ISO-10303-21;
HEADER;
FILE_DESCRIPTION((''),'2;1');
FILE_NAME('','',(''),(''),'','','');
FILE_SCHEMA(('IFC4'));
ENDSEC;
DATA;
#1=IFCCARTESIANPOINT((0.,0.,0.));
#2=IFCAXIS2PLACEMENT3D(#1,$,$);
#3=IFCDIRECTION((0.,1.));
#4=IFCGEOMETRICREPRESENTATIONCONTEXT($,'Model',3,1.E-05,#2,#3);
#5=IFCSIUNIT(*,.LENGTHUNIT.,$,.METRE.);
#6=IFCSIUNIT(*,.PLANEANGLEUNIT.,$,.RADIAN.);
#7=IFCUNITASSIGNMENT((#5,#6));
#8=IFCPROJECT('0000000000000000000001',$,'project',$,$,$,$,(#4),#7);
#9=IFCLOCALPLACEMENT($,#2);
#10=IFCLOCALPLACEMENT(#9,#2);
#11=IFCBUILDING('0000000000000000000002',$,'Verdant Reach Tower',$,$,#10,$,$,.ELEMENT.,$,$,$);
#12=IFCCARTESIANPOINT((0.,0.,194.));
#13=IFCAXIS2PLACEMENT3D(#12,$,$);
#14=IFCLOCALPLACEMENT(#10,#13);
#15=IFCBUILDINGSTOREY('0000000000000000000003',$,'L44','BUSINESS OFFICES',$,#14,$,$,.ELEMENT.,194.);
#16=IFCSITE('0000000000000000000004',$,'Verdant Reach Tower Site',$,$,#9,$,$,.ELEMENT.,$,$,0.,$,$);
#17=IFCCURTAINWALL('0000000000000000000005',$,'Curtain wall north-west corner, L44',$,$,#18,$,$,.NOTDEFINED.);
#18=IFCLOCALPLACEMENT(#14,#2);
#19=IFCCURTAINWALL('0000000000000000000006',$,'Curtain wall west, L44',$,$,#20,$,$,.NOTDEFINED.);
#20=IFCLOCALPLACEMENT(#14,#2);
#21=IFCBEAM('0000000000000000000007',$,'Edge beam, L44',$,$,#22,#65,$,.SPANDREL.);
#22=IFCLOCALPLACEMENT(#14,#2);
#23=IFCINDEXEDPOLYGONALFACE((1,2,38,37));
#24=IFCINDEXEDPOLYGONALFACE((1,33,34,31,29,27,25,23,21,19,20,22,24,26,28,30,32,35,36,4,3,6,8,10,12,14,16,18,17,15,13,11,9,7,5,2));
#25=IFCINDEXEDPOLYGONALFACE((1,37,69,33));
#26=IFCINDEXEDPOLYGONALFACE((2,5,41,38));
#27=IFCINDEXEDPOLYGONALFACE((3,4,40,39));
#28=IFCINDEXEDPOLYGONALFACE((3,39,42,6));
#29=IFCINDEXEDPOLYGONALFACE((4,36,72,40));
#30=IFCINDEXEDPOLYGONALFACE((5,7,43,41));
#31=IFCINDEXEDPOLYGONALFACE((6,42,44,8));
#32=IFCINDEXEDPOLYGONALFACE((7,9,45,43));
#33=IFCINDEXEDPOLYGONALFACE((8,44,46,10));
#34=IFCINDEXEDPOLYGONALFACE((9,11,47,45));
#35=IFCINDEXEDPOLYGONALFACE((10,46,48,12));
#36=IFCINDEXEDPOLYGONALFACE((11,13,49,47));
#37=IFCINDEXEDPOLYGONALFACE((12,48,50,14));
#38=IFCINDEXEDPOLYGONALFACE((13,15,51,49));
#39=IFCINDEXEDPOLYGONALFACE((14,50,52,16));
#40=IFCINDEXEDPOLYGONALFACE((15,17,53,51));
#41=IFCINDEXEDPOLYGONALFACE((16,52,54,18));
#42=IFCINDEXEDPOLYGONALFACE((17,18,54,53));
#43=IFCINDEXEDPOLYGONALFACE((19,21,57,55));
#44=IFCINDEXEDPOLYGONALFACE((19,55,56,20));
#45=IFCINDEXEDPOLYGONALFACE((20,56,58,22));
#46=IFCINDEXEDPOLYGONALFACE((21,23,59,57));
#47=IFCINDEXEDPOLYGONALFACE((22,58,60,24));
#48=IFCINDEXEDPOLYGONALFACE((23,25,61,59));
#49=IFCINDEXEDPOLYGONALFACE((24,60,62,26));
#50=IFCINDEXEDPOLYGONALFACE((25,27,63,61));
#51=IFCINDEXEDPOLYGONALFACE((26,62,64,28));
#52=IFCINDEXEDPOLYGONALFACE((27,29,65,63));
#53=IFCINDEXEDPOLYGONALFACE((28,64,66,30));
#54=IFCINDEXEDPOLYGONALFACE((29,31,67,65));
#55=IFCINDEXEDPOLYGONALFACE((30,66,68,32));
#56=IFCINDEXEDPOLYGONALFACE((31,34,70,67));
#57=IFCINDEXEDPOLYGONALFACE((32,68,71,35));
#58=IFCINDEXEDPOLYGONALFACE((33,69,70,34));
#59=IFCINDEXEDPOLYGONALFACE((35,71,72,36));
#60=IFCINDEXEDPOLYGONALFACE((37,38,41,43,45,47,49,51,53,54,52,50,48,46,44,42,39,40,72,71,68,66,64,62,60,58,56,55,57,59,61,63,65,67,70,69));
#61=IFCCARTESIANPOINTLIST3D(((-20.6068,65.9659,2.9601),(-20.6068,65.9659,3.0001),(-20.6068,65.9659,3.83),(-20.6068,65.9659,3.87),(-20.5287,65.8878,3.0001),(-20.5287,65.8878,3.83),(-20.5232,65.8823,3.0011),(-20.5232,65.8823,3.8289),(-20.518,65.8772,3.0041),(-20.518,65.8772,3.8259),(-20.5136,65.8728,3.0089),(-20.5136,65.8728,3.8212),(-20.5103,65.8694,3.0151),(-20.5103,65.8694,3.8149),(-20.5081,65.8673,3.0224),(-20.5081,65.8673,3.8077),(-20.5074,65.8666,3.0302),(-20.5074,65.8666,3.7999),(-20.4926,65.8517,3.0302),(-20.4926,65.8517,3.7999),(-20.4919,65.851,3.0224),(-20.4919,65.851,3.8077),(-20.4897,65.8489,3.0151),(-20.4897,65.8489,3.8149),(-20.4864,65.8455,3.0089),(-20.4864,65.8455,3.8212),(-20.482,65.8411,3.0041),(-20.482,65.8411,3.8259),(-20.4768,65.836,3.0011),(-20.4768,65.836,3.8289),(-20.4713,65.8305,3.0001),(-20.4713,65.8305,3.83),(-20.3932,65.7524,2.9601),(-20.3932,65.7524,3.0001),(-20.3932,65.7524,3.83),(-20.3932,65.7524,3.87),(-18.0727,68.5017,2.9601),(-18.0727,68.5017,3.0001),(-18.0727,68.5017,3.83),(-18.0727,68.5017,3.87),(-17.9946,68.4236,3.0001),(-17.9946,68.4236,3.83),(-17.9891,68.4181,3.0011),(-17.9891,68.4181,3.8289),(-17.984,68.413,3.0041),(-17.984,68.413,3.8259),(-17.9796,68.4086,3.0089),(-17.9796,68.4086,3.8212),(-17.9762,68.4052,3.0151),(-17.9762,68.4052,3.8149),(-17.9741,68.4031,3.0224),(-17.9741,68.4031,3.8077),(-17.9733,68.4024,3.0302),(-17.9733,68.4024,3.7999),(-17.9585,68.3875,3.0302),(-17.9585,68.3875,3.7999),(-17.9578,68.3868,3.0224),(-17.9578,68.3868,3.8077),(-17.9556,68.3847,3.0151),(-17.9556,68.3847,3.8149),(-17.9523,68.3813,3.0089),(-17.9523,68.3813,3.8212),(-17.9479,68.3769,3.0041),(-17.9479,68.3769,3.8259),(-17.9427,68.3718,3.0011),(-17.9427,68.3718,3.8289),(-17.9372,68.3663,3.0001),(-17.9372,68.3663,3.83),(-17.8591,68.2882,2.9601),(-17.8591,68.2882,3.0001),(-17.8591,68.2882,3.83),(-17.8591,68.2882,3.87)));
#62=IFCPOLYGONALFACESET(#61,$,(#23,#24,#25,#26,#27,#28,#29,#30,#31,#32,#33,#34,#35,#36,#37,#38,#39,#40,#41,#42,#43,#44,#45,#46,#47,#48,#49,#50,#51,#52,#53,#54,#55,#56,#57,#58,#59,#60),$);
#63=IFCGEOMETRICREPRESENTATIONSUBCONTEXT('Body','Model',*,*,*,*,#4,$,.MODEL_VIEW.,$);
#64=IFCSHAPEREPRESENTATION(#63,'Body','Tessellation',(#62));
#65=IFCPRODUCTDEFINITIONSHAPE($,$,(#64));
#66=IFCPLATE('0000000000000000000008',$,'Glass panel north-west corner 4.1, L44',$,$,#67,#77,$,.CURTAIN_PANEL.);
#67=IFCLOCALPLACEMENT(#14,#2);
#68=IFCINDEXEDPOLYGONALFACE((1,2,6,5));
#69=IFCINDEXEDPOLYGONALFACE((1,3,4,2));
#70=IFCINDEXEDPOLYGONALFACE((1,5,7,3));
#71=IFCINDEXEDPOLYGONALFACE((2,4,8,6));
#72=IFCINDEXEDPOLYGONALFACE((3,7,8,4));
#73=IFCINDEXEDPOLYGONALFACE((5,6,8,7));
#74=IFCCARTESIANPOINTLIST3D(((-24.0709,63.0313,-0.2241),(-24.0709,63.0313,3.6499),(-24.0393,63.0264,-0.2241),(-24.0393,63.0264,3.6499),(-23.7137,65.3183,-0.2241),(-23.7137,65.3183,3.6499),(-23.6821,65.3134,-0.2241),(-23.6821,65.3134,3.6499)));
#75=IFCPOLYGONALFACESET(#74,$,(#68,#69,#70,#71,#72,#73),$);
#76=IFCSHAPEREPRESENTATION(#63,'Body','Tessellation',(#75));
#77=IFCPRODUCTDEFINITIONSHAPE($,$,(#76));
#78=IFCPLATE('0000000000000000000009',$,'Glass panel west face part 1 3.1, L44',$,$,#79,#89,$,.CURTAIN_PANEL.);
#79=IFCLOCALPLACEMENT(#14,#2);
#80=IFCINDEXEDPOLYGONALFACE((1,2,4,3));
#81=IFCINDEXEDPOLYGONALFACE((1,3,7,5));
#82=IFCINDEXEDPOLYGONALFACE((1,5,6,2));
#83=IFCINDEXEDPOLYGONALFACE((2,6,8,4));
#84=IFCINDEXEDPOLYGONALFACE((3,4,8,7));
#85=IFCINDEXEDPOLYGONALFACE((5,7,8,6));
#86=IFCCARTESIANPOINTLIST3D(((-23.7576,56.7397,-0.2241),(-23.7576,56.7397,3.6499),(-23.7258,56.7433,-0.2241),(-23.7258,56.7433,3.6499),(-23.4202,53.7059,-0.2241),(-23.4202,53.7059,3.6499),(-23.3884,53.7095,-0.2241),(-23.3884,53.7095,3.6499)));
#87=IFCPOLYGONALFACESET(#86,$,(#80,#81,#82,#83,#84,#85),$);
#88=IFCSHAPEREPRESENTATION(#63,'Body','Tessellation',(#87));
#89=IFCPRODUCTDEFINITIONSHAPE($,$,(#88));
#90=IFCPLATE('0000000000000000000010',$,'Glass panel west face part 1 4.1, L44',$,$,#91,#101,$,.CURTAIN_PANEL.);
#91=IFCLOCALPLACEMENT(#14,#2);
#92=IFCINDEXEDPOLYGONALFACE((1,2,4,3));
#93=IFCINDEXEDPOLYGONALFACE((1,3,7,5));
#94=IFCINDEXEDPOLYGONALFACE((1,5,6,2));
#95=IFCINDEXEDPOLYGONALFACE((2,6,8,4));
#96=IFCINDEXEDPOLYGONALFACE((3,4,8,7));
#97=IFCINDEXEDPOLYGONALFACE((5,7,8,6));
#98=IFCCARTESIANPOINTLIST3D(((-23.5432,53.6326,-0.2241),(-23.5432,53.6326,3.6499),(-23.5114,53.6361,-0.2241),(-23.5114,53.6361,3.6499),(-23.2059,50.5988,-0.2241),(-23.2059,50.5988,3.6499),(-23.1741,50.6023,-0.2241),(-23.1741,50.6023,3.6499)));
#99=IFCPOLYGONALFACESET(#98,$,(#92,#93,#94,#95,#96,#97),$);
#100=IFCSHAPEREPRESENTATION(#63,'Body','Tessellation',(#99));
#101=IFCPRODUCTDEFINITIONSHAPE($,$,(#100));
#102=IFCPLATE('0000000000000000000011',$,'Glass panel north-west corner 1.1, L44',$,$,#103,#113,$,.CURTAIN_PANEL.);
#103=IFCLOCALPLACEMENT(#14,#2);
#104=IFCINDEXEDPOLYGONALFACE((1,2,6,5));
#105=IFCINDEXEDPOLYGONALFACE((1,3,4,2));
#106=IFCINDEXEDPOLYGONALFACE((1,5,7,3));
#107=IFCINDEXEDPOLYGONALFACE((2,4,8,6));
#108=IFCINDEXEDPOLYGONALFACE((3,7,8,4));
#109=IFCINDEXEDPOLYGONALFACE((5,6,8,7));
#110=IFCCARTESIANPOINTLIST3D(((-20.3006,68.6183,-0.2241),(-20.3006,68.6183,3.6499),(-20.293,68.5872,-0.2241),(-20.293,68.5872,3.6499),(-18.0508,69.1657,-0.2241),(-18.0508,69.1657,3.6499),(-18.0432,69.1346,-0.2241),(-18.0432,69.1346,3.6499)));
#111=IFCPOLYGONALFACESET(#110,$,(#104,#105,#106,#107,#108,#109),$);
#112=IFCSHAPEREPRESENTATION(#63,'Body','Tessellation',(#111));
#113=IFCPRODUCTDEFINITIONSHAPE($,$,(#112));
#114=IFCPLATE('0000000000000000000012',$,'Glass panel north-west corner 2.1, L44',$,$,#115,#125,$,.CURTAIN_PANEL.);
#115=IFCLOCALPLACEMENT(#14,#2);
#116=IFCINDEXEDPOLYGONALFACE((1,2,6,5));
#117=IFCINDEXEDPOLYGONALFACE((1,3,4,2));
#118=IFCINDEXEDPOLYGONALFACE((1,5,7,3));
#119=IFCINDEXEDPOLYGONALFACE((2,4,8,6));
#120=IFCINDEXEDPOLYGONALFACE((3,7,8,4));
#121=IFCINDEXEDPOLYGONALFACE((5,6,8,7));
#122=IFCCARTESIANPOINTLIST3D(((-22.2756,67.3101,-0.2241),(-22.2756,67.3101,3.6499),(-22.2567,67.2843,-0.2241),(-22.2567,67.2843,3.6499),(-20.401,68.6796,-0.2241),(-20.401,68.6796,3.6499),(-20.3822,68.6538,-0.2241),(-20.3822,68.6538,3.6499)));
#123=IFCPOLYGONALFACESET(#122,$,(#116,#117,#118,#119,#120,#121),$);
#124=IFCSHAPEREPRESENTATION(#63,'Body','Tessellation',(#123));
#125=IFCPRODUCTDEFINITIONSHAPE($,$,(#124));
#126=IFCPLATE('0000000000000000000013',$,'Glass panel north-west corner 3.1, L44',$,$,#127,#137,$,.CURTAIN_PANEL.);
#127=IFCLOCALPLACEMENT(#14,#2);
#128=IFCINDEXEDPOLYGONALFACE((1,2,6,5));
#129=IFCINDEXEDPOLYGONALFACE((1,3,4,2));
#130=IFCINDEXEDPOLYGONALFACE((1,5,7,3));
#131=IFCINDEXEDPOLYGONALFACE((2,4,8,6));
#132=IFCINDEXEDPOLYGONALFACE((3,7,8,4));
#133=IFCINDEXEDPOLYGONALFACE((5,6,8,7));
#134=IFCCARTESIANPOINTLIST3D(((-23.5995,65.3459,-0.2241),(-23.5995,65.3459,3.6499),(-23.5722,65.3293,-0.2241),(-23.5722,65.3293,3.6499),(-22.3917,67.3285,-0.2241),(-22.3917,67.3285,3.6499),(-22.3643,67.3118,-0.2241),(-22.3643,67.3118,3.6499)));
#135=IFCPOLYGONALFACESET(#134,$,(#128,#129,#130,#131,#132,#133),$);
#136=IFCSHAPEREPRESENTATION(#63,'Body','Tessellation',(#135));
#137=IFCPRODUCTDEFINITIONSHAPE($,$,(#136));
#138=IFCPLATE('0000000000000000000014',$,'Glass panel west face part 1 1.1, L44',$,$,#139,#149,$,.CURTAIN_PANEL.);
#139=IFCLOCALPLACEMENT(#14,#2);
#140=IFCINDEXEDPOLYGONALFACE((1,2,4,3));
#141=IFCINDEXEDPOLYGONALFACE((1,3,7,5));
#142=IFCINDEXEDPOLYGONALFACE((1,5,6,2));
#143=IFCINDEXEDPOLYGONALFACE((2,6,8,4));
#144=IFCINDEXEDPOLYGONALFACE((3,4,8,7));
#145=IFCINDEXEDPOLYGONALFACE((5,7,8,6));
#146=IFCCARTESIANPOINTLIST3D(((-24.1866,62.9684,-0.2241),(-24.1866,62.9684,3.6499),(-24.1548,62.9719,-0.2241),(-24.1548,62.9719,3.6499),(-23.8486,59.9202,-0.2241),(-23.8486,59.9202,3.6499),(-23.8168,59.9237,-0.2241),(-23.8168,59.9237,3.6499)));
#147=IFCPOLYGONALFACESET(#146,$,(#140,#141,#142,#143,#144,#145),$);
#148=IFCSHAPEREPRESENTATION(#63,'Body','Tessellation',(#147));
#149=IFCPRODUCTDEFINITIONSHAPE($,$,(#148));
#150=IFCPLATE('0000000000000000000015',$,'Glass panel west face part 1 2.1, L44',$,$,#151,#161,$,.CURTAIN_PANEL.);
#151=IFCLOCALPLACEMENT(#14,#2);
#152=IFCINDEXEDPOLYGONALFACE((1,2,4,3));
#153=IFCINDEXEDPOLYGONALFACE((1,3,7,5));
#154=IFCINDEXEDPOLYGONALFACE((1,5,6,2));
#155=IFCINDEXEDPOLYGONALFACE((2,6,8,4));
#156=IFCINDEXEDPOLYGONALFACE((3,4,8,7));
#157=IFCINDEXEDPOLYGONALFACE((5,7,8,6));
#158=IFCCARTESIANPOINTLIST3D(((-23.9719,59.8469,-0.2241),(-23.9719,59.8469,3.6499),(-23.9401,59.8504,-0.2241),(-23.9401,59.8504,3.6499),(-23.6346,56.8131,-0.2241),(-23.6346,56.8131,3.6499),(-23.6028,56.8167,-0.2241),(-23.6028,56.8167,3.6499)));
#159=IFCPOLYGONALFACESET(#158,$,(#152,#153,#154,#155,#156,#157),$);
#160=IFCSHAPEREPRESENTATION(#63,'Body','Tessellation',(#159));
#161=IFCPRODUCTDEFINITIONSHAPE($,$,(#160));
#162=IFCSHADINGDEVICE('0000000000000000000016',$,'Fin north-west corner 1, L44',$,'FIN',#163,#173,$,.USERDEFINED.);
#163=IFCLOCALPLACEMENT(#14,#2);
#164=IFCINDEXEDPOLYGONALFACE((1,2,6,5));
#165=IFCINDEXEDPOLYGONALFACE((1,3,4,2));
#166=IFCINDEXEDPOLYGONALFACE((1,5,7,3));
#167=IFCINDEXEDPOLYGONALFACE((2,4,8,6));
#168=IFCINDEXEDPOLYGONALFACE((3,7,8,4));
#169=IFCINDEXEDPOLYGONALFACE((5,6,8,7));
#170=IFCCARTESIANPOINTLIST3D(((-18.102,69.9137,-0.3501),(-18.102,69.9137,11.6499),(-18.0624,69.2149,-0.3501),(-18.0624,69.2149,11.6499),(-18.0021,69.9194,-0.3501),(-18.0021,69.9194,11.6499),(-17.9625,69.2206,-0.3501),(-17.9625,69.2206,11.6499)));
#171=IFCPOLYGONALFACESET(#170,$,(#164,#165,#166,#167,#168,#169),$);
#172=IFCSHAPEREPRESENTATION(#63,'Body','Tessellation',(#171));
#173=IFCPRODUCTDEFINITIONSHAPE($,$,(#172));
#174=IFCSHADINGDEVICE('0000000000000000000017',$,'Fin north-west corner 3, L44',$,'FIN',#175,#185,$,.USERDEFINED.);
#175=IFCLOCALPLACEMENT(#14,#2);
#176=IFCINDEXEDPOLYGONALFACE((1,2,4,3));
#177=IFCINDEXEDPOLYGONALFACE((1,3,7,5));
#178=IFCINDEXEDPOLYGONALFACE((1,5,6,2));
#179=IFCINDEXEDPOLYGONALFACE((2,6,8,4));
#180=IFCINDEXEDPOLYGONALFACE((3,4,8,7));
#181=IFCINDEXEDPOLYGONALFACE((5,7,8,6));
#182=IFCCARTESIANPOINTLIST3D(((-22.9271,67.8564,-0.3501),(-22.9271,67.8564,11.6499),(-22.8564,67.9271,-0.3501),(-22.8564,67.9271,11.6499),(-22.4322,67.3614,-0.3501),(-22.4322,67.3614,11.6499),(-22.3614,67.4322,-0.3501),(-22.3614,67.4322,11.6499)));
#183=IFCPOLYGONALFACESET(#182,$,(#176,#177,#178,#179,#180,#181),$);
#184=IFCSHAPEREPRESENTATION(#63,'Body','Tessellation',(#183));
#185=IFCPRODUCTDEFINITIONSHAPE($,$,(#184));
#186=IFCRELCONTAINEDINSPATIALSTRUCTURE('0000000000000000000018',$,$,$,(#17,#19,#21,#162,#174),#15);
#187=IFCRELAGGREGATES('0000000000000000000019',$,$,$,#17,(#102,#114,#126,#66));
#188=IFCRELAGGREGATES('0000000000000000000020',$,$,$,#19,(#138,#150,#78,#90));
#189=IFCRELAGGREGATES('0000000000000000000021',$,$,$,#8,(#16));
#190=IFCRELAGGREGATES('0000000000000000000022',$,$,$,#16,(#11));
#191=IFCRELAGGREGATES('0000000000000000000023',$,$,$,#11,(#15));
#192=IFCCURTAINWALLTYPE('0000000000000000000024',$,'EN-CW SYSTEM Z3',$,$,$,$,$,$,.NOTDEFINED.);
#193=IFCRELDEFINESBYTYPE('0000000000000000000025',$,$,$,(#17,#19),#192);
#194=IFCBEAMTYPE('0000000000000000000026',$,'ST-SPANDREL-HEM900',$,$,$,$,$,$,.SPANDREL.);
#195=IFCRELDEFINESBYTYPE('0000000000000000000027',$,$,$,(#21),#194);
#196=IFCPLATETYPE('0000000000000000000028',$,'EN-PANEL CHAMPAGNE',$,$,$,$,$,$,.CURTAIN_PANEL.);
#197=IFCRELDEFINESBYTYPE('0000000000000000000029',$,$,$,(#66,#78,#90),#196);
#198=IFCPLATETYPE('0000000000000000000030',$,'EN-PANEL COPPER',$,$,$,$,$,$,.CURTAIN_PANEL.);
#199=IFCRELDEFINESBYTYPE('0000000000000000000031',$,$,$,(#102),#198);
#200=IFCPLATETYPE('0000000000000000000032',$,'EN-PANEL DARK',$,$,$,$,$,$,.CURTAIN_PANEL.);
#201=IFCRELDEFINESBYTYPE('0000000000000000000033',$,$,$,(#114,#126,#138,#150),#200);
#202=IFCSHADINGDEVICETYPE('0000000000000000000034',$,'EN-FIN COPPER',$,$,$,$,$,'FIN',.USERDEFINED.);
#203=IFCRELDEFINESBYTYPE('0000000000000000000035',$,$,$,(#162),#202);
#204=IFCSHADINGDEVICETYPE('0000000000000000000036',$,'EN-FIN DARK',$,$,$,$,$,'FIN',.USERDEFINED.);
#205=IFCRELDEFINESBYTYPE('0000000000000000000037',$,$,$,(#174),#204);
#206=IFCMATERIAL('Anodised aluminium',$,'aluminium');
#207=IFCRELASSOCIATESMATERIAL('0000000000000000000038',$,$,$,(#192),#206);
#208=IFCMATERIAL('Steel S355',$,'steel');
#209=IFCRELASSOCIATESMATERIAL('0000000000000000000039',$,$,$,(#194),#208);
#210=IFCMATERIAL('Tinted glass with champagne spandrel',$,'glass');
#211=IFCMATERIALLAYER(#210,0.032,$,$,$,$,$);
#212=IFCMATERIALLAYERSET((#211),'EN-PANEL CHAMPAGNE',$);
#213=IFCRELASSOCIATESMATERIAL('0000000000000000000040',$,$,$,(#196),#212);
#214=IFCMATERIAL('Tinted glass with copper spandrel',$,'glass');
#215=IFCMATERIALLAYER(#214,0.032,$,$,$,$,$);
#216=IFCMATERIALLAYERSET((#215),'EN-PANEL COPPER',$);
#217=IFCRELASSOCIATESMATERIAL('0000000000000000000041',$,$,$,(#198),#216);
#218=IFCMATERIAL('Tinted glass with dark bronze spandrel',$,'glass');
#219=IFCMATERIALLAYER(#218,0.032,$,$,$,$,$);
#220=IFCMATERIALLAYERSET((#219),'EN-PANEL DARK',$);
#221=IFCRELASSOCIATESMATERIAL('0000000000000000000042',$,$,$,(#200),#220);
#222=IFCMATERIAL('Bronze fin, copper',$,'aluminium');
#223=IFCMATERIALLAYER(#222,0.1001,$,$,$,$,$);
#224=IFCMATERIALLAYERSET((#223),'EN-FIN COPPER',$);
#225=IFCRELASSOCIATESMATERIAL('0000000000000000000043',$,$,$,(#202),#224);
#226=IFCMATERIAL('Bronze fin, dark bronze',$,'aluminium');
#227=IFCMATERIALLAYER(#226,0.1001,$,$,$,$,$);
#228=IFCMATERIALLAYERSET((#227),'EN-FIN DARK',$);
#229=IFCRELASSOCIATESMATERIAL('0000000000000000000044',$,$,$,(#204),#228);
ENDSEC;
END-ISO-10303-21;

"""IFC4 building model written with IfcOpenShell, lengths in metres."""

from ifc_helpers import new_model, si_unit, direction, frame, origin, origin_2d, place, context, subcontext, project, spatial, rectangle, i_section, extrude, material, layer, layer_set, material_profile, profile_set, type_object, element, aggregate, save


model = new_model("IFC4")

# Units and contexts
model_context = context("Model", 3, precision=1e-05, world=origin(), true_north=direction((0.0, 1.0)))
body_context = subcontext(model_context, "Body", "Model", "MODEL_VIEW")
ifc_project = project(units=[si_unit("LENGTHUNIT", "METRE"), si_unit("PLANEANGLEUNIT", "RADIAN")], contexts=[model_context])

# Site, building, storey
site_placement = place(None, origin())
site = spatial("IfcSite", under=ifc_project, at=site_placement, Name="Verdant Reach Tower Site", CompositionType="ELEMENT", RefElevation=0.0)
building_placement = place(site_placement, origin())
building = spatial("IfcBuilding", under=site, at=building_placement, Name="Verdant Reach Tower", CompositionType="ELEMENT")
storey_placement = place(building_placement, frame((0.0, 0.0, 194.0)))
storey = spatial("IfcBuildingStorey", under=building, at=storey_placement, Name="L44", Description="BUSINESS OFFICES", CompositionType="ELEMENT", Elevation=194.0)

# Curtain walls
ifc_material_1 = material(Name="Anodised aluminium", Category="aluminium")
curtain_wall_type = type_object("IfcCurtainWallType", Name="EN-CW SYSTEM Z3", PredefinedType="NOTDEFINED", material=ifc_material_1)
curtain_wall_1_placement = place(storey_placement, origin())
curtain_wall_1 = element("IfcCurtainWall", 1, at=curtain_wall_1_placement, inside=storey, type_object=curtain_wall_type, Name="Curtain wall north-west corner, L44", PredefinedType="NOTDEFINED")
curtain_wall_2_placement = place(storey_placement, origin())
curtain_wall_2 = element("IfcCurtainWall", 2, at=curtain_wall_2_placement, inside=storey, type_object=curtain_wall_type, Name="Curtain wall west, L44", PredefinedType="NOTDEFINED")

# Beam
ifc_material_2 = material(Name="Steel S355", Category="steel")
ifc_material_profile_1 = material_profile(ifc_material_2, i_section(OverallWidth=0.302, OverallDepth=0.9099, WebThickness=0.021, FlangeThickness=0.04, FilletRadius=0.03, at=origin_2d()), Name="HEM 900")
ifc_profile_set_1 = profile_set([ifc_material_profile_1], Name="Steel S355")
beam_type = type_object("IfcBeamType", Name="ST-SPANDREL-HEM900", PredefinedType="SPANDREL", material=ifc_profile_set_1)
beam_1_placement = place(storey_placement, frame((-20.5, 65.8591, 3.415), z_axis=(0.706868, 0.707345, 0.0), x_axis=(-0.707345, 0.706868, 0.0)))
element("IfcBeam", 3, at=beam_1_placement, inside=storey, type_object=beam_type, Name="Edge beam, L44", PredefinedType="SPANDREL", context=body_context, shape_type="SweptSolid", body=[
    extrude(i_section(OverallWidth=0.302, OverallDepth=0.9099, WebThickness=0.021, FlangeThickness=0.04, FilletRadius=0.03, at=origin_2d()), origin(), (0.0, 0.0, 1.0), 3.585),
])

# Plates
ifc_material_3 = material(Name="Tinted glass with champagne spandrel", Category="glass")
ifc_layer_1 = layer(ifc_material_3, 0.032)
ifc_layer_set_1 = layer_set([ifc_layer_1], Name="EN-PANEL CHAMPAGNE")
plate_type_1 = type_object("IfcPlateType", Name="EN-PANEL CHAMPAGNE", PredefinedType="CURTAIN_PANEL", material=ifc_layer_set_1)
plate_1_placement = place(storey_placement, frame((-23.8765, 64.1724, -0.2241), z_axis=(0.0, 0.0, 1.0), x_axis=(-0.154312, -0.988022, 0.0)))
plate_1 = element("IfcPlate", 4, at=plate_1_placement, type_object=plate_type_1, Name="Glass panel north-west corner 4.1, L44", PredefinedType="CURTAIN_PANEL", context=body_context, shape_type="SweptSolid", body=[
    extrude(rectangle(XDim=2.3147, YDim=0.032, at=origin_2d()), origin(), (0.0, 0.0, 1.0), 3.874),
])
plate_2_placement = place(storey_placement, frame((-23.573, 55.2246, -0.2241), z_axis=(0.0, 0.0, 1.0), x_axis=(0.110518, -0.993874, 0.0)))
plate_2 = element("IfcPlate", 5, at=plate_2_placement, type_object=plate_type_1, Name="Glass panel west face part 1 3.1, L44", PredefinedType="CURTAIN_PANEL", context=body_context, shape_type="SweptSolid", body=[
    extrude(rectangle(XDim=3.0525, YDim=0.032, at=origin_2d()), origin(), (0.0, 0.0, 1.0), 3.874),
])
plate_3_placement = place(storey_placement, frame((-23.3586, 52.1174, -0.2241), z_axis=(0.0, 0.0, 1.0), x_axis=(0.110518, -0.993874, 0.0)))
plate_3 = element("IfcPlate", 6, at=plate_3_placement, type_object=plate_type_1, Name="Glass panel west face part 1 4.1, L44", PredefinedType="CURTAIN_PANEL", context=body_context, shape_type="SweptSolid", body=[
    extrude(rectangle(XDim=3.0525, YDim=0.032, at=origin_2d()), origin(), (0.0, 0.0, 1.0), 3.874),
])
ifc_material_4 = material(Name="Tinted glass with copper spandrel", Category="glass")
ifc_layer_2 = layer(ifc_material_4, 0.032)
ifc_layer_set_2 = layer_set([ifc_layer_2], Name="EN-PANEL COPPER")
plate_type_2 = type_object("IfcPlateType", Name="EN-PANEL COPPER", PredefinedType="CURTAIN_PANEL", material=ifc_layer_set_2)
plate_4_placement = place(storey_placement, frame((-19.1719, 68.8765, -0.2241), z_axis=(0.0, 0.0, 1.0), x_axis=(-0.971655, -0.236403, 0.0)))
plate_4 = element("IfcPlate", 7, at=plate_4_placement, type_object=plate_type_2, Name="Glass panel north-west corner 1.1, L44", PredefinedType="CURTAIN_PANEL", context=body_context, shape_type="SweptSolid", body=[
    extrude(rectangle(XDim=2.3154, YDim=0.032, at=origin_2d()), origin(), (0.0, 0.0, 1.0), 3.874),
])
ifc_material_5 = material(Name="Tinted glass with dark bronze spandrel", Category="glass")
ifc_layer_3 = layer(ifc_material_5, 0.032)
ifc_layer_set_3 = layer_set([ifc_layer_3], Name="EN-PANEL DARK")
plate_type_3 = type_object("IfcPlateType", Name="EN-PANEL DARK", PredefinedType="CURTAIN_PANEL", material=ifc_layer_set_3)
plate_5_placement = place(storey_placement, frame((-21.3289, 67.9819, -0.2241), z_axis=(0.0, 0.0, 1.0), x_axis=(-0.807457, -0.589927, 0.0)))
plate_5 = element("IfcPlate", 8, at=plate_5_placement, type_object=plate_type_3, Name="Glass panel north-west corner 2.1, L44", PredefinedType="CURTAIN_PANEL", context=body_context, shape_type="SweptSolid", body=[
    extrude(rectangle(XDim=2.3215, YDim=0.032, at=origin_2d()), origin(), (0.0, 0.0, 1.0), 3.874),
])
plate_6_placement = place(storey_placement, frame((-22.9819, 66.3289, -0.2241), z_axis=(0.0, 0.0, 1.0), x_axis=(-0.520292, -0.853989, 0.0)))
plate_6 = element("IfcPlate", 9, at=plate_6_placement, type_object=plate_type_3, Name="Glass panel north-west corner 3.1, L44", PredefinedType="CURTAIN_PANEL", context=body_context, shape_type="SweptSolid", body=[
    extrude(rectangle(XDim=2.3215, YDim=0.032, at=origin_2d()), origin(), (0.0, 0.0, 1.0), 3.874),
])
aggregate(curtain_wall_1, [plate_4, plate_5, plate_6, plate_1])
plate_7_placement = place(storey_placement, frame((-24.0017, 61.446, -0.2241), z_axis=(0.0, 0.0, 1.0), x_axis=(0.110214, -0.993908, 0.0)))
plate_7 = element("IfcPlate", 10, at=plate_7_placement, type_object=plate_type_3, Name="Glass panel west face part 1 1.1, L44", PredefinedType="CURTAIN_PANEL", context=body_context, shape_type="SweptSolid", body=[
    extrude(rectangle(XDim=3.0669, YDim=0.032, at=origin_2d()), origin(), (0.0, 0.0, 1.0), 3.874),
])
plate_8_placement = place(storey_placement, frame((-23.7874, 58.3318, -0.2241), z_axis=(0.0, 0.0, 1.0), x_axis=(0.110518, -0.993874, 0.0)))
plate_8 = element("IfcPlate", 11, at=plate_8_placement, type_object=plate_type_3, Name="Glass panel west face part 1 2.1, L44", PredefinedType="CURTAIN_PANEL", context=body_context, shape_type="SweptSolid", body=[
    extrude(rectangle(XDim=3.0525, YDim=0.032, at=origin_2d()), origin(), (0.0, 0.0, 1.0), 3.874),
])
aggregate(curtain_wall_2, [plate_7, plate_8, plate_2, plate_3])

# Shading devices
ifc_material_6 = material(Name="Bronze fin, copper", Category="aluminium")
ifc_layer_4 = layer(ifc_material_6, 0.1001)
ifc_layer_set_4 = layer_set([ifc_layer_4], Name="EN-FIN COPPER")
shading_device_type_1 = type_object("IfcShadingDeviceType", Name="EN-FIN COPPER", ElementType="FIN", PredefinedType="USERDEFINED", material=ifc_layer_set_4)
shading_device_placement = place(storey_placement, frame((-18.0322, 69.5671, -0.3501), z_axis=(0.0, 0.0, 1.0), x_axis=(-0.998399, -0.056569, 0.0)))
element("IfcShadingDevice", 12, at=shading_device_placement, inside=storey, type_object=shading_device_type_1, Name="Fin north-west corner 1, L44", ObjectType="FIN", PredefinedType="USERDEFINED", context=body_context, shape_type="SweptSolid", body=[
    extrude(rectangle(XDim=0.1001, YDim=0.7, at=origin_2d()), origin(), (0.0, 0.0, 1.0), 12.0),
])
ifc_material_7 = material(Name="Bronze fin, dark bronze", Category="aluminium")
ifc_layer_5 = layer(ifc_material_7, 0.1001)
ifc_layer_set_5 = layer_set([ifc_layer_5], Name="EN-FIN DARK")
shading_device_type_2 = type_object("IfcShadingDeviceType", Name="EN-FIN DARK", ElementType="FIN", PredefinedType="USERDEFINED", material=ifc_layer_set_5)
for number, where, z_axis, x_axis, name in (
    (13, (-22.6443, 67.6443, -0.3501), (0.0, 0.0, 1.0), (-0.707107, -0.707107, 0.0), "Fin north-west corner 3, L44"),
):
    element("IfcShadingDevice", number, at=place(storey_placement, frame(where, z_axis=z_axis, x_axis=x_axis)), inside=storey, type_object=shading_device_type_2, Name=name, ObjectType="FIN", PredefinedType="USERDEFINED", context=body_context, shape_type="SweptSolid", body=[
        extrude(rectangle(XDim=0.1001, YDim=0.7, at=origin_2d()), origin(), (0.0, 0.0, 1.0), 12.0),
    ])

save(model, "model.ifc")
